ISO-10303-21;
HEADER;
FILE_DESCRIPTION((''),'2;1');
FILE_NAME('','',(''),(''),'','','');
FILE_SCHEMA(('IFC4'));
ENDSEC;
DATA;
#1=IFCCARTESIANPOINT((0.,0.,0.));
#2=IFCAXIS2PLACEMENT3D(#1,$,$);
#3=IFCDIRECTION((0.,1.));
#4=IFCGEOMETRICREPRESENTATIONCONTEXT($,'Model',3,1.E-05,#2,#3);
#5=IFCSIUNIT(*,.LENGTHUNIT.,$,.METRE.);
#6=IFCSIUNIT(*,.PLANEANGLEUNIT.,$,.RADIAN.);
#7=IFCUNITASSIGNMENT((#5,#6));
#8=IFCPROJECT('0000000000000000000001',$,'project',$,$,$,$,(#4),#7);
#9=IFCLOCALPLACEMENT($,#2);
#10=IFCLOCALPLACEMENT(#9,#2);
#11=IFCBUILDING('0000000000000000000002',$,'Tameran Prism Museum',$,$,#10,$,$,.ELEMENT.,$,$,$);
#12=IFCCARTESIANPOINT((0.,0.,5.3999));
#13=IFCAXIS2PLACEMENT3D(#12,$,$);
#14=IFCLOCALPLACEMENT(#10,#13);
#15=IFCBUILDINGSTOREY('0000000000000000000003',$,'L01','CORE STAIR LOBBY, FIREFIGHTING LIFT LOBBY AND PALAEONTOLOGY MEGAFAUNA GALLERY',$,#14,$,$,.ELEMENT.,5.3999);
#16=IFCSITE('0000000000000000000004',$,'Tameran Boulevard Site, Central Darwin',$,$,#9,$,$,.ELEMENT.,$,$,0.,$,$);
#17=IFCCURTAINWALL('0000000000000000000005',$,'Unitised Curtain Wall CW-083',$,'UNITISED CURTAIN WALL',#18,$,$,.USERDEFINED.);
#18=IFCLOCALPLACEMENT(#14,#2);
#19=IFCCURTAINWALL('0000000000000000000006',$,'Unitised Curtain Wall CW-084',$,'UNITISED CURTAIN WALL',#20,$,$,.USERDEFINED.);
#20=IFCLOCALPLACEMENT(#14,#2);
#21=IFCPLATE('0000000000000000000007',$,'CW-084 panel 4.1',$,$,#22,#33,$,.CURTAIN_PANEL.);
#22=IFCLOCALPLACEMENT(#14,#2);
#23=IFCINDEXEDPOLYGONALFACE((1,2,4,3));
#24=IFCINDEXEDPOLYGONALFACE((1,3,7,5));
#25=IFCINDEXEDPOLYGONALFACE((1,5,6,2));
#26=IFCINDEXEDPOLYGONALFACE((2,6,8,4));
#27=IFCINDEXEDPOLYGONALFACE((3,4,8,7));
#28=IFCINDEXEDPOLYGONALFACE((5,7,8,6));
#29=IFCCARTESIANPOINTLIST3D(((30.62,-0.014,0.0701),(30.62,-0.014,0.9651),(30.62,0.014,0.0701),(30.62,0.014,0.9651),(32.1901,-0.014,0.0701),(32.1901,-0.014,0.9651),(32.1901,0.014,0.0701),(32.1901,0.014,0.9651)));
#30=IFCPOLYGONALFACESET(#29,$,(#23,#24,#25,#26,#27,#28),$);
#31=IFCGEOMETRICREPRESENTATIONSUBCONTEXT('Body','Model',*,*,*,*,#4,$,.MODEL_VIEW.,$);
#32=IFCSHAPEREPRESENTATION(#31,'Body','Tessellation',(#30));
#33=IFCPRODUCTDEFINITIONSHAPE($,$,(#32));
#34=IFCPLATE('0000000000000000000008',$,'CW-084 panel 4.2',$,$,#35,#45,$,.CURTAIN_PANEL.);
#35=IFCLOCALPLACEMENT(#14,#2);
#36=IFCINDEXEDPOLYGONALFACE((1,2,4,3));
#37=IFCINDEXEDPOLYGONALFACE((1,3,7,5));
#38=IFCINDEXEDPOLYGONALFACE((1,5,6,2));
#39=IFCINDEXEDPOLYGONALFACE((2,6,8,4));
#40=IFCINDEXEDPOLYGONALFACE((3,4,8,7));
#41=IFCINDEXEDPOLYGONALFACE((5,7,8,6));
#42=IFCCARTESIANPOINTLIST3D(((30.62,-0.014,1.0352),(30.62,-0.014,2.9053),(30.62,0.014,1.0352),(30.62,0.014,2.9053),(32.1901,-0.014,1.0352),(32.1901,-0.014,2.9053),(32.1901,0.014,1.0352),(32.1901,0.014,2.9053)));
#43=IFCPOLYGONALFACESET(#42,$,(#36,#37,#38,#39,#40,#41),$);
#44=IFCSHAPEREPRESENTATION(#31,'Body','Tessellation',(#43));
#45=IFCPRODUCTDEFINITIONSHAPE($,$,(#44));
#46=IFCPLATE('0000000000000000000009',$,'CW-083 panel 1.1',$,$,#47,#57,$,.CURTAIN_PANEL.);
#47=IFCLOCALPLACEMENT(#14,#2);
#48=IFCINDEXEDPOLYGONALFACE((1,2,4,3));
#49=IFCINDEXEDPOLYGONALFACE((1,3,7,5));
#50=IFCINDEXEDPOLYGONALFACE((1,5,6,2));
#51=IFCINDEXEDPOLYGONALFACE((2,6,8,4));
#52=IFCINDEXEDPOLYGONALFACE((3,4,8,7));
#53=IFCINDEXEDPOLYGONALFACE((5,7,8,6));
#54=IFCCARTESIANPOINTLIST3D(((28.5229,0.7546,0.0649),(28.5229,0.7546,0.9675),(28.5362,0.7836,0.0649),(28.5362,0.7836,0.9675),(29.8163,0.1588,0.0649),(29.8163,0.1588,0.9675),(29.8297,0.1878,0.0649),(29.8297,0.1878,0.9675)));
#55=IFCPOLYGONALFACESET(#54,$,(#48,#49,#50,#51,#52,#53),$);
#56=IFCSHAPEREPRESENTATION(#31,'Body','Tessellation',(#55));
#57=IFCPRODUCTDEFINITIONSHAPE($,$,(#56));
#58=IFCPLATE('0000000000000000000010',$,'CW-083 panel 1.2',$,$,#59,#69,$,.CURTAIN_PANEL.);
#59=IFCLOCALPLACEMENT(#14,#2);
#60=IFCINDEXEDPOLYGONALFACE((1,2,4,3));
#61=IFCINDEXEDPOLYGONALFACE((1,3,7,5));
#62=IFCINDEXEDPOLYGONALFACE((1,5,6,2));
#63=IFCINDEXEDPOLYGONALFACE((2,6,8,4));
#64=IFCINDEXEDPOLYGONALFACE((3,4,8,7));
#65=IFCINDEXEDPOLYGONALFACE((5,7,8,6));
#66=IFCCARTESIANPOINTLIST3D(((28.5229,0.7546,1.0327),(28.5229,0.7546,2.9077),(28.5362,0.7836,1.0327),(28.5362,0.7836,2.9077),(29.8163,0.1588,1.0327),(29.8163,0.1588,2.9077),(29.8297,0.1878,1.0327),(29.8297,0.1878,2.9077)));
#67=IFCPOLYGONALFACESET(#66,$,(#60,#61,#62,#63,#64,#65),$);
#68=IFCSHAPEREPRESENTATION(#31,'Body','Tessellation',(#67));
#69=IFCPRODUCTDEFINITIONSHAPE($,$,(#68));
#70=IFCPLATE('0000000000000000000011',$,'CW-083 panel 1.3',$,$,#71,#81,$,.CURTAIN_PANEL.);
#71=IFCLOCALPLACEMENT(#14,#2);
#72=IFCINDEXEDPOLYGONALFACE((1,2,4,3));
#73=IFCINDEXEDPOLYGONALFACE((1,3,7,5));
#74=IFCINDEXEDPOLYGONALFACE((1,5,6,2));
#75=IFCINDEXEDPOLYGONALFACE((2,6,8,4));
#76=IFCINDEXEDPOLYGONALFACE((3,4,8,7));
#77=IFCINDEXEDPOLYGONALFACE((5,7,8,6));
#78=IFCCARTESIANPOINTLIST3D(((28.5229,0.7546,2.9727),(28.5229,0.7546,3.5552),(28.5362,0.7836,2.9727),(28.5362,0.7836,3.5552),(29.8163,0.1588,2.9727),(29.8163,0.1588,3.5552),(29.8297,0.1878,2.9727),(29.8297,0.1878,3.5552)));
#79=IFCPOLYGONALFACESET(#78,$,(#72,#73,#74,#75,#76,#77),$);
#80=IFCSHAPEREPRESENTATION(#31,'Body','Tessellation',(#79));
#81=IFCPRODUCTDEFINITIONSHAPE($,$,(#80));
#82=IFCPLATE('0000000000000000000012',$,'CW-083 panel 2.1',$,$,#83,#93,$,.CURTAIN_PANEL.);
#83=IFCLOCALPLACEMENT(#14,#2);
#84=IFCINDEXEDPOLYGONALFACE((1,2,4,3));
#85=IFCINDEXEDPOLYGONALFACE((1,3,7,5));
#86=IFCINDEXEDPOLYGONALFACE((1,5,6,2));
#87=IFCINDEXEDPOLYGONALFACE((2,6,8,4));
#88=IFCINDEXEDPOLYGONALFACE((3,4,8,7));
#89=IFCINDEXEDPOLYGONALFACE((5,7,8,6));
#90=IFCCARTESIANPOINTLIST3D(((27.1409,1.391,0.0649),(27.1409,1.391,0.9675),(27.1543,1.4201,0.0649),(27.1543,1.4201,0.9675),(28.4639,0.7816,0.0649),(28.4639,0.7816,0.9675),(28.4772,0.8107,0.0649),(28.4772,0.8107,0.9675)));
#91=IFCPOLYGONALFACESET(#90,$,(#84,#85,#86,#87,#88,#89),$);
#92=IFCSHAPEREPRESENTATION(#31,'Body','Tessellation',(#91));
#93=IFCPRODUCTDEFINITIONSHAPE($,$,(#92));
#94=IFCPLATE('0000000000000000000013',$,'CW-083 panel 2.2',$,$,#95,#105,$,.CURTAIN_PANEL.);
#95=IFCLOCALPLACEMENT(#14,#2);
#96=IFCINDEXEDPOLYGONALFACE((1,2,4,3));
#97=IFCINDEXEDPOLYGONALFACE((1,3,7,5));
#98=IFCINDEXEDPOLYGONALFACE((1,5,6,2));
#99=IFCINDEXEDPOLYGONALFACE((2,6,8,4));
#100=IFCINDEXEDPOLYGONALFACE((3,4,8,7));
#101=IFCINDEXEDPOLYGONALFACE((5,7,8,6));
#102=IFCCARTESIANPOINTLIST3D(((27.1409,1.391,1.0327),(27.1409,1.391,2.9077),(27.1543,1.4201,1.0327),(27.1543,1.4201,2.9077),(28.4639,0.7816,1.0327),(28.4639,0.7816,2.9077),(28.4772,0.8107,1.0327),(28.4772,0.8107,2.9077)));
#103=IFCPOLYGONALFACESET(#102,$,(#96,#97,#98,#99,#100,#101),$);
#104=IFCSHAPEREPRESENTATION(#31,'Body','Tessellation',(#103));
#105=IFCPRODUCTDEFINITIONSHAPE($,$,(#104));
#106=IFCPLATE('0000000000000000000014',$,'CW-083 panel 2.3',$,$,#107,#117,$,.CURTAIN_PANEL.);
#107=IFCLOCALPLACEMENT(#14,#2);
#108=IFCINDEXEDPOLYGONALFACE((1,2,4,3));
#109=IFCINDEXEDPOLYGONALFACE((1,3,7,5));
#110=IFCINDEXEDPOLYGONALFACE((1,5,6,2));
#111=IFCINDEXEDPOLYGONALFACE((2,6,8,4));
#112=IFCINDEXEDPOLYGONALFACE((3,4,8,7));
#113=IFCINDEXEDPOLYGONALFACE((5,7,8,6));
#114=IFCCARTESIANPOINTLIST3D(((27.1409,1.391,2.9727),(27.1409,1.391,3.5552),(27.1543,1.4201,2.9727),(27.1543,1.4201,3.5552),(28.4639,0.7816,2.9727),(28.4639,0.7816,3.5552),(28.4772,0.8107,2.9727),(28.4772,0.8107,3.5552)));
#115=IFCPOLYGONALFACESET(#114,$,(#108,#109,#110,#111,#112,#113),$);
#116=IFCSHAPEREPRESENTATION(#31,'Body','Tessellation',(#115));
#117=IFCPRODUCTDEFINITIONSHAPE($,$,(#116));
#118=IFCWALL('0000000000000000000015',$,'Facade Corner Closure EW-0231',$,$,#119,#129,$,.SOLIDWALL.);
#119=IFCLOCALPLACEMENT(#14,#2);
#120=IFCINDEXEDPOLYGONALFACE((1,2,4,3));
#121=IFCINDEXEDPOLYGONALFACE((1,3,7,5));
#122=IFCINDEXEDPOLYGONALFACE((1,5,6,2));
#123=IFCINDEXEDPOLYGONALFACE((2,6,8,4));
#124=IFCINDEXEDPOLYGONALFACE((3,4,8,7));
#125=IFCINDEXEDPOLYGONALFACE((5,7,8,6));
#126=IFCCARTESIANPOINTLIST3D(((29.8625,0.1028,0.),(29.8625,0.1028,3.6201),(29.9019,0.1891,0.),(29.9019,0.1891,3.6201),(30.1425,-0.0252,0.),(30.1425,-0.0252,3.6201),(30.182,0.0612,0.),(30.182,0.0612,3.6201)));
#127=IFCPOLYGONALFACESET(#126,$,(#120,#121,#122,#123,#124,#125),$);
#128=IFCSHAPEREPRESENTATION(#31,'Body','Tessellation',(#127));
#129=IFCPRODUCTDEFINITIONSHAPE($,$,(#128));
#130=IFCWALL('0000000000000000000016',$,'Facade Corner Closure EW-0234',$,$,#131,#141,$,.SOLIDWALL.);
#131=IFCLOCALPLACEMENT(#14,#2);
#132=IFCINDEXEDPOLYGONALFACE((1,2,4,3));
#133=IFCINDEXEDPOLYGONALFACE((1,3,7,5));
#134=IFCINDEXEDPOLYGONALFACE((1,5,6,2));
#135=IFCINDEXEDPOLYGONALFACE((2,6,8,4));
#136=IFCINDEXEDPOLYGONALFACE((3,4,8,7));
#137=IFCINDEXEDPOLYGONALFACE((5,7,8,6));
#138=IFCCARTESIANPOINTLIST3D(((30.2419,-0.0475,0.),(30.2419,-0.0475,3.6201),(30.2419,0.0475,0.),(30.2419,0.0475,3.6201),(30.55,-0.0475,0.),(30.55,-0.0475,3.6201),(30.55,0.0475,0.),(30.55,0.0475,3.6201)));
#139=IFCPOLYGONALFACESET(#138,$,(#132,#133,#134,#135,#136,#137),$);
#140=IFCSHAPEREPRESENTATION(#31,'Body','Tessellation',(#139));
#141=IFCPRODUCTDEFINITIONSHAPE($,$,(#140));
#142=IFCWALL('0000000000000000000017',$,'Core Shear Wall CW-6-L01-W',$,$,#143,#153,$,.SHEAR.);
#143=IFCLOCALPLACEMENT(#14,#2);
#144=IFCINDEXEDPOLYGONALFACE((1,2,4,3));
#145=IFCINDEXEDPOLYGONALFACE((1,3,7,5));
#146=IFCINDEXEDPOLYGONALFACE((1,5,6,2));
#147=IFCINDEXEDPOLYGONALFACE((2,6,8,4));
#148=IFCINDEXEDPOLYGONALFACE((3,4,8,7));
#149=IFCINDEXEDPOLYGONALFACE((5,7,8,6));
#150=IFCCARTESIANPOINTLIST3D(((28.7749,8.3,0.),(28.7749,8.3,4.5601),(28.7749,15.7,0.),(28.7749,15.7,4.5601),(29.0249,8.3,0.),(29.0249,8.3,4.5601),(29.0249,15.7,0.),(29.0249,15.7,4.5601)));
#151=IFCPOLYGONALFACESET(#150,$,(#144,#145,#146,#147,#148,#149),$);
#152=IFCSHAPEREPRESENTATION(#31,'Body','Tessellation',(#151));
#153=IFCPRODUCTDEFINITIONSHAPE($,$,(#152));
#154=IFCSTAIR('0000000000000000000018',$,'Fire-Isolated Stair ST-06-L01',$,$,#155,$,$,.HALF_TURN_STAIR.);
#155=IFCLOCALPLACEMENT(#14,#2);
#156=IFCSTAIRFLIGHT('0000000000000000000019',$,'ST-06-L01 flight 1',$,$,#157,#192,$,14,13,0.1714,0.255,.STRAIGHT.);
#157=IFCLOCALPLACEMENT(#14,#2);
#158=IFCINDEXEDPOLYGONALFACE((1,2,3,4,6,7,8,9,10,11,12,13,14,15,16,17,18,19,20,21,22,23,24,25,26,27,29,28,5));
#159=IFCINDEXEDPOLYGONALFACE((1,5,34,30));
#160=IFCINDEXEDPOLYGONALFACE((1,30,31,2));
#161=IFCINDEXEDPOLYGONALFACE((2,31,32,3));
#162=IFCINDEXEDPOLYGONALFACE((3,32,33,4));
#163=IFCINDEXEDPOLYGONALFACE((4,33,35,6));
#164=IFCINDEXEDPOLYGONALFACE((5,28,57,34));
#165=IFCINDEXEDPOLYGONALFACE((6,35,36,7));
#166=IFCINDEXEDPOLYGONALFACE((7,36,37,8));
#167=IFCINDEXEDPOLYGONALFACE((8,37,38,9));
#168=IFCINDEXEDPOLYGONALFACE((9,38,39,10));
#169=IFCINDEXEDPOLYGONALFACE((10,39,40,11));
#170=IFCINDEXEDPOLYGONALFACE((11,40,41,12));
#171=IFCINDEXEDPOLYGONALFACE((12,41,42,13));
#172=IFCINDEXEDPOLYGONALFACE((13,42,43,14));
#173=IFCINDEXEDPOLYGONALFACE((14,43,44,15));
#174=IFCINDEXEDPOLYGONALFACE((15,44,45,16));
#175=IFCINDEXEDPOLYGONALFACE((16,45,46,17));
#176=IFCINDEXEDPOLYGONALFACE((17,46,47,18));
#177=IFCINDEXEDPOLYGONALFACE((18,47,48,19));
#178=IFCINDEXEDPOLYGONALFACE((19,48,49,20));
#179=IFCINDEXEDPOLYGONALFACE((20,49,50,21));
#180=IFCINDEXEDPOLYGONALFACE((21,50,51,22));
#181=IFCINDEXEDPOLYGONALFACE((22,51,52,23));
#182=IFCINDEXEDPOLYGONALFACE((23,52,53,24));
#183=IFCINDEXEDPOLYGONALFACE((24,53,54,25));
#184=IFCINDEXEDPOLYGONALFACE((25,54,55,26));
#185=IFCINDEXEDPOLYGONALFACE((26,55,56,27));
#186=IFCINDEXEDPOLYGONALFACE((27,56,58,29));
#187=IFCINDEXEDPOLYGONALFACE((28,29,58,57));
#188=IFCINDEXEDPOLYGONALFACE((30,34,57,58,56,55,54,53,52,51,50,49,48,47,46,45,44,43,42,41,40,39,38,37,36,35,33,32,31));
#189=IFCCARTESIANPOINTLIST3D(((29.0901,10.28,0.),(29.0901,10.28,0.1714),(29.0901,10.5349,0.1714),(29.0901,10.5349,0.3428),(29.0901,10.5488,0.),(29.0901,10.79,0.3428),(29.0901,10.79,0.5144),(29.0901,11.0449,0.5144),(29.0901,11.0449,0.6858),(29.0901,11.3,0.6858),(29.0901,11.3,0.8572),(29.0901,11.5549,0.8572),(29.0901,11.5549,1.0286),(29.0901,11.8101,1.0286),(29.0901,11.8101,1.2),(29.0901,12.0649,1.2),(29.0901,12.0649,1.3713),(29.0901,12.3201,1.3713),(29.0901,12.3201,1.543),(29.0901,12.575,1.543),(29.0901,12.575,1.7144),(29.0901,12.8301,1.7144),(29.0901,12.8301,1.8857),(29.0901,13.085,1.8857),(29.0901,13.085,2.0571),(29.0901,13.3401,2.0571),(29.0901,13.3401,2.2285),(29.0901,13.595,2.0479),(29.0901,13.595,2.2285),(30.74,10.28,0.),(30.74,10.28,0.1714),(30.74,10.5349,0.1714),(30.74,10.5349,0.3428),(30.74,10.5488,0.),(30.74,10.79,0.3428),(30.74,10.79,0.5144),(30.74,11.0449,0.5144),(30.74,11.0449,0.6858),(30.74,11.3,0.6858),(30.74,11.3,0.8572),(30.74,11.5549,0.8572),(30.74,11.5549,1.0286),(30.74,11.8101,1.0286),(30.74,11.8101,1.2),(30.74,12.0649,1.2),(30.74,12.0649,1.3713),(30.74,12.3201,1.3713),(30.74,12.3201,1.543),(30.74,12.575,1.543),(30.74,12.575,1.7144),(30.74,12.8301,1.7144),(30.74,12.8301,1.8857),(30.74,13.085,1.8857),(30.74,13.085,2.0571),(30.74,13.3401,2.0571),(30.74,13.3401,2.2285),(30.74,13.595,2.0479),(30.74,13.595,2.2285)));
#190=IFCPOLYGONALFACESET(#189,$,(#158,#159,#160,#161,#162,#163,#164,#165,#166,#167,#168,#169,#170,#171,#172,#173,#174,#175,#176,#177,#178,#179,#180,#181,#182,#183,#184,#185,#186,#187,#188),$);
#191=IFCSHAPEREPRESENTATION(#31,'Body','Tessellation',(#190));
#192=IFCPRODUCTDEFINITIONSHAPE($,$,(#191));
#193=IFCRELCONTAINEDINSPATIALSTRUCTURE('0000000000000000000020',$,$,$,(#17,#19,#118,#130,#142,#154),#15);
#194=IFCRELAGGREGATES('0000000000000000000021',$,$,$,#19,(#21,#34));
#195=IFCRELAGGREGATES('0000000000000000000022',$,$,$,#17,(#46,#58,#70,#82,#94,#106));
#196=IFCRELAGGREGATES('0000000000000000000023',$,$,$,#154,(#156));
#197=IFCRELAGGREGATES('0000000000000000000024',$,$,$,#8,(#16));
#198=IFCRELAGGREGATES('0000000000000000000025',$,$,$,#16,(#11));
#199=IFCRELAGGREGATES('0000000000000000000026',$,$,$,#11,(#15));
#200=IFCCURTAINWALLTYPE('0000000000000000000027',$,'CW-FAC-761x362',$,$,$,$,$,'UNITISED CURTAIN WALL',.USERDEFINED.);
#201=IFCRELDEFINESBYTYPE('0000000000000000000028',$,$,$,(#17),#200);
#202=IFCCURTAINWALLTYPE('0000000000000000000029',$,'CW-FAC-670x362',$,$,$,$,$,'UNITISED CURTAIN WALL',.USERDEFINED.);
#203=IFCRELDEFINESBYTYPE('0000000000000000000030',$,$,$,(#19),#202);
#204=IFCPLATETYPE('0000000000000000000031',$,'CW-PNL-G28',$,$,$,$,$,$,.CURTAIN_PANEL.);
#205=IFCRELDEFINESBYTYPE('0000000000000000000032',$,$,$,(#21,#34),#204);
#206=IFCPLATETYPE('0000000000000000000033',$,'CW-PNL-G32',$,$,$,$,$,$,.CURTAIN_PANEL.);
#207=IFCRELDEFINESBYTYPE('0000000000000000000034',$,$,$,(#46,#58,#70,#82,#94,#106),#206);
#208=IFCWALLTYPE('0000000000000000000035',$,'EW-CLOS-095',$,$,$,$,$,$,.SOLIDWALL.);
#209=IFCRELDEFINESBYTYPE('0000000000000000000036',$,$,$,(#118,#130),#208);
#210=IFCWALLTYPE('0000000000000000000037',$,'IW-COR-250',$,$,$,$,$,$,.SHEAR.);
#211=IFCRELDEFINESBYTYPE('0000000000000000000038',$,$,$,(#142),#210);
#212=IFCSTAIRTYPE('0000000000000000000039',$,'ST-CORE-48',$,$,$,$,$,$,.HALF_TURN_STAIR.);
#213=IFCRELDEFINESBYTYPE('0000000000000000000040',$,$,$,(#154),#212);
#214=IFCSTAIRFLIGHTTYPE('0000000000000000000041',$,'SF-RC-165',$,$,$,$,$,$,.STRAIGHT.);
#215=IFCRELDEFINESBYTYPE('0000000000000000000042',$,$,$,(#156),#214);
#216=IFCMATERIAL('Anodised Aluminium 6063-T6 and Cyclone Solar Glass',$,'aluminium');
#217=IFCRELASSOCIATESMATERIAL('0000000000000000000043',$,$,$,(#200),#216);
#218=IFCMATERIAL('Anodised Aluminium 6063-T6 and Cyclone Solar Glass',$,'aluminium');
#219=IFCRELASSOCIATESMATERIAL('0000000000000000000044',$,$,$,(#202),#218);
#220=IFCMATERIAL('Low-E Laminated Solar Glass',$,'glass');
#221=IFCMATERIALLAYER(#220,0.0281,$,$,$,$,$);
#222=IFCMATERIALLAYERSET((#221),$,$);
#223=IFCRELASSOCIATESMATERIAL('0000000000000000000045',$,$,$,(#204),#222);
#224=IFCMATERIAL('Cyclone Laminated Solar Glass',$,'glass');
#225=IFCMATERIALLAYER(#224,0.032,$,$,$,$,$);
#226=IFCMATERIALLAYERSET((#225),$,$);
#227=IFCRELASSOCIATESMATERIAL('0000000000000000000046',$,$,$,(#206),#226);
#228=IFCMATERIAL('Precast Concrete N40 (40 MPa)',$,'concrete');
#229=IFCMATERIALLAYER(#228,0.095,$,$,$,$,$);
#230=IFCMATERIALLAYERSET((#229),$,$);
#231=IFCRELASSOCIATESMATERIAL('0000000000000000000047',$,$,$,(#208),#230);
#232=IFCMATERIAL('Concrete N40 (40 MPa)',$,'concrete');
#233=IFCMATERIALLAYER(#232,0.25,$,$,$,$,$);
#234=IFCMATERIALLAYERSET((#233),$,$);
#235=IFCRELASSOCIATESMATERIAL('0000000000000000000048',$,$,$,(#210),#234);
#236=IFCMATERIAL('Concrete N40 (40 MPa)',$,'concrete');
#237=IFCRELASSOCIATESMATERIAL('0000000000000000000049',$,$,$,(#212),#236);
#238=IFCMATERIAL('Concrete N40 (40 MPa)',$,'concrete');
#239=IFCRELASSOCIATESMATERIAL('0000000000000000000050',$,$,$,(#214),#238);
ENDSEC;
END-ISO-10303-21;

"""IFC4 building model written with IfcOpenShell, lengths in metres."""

from ifc_helpers import new_model, si_unit, direction, frame, frame_2d, origin, origin_2d, place, context, subcontext, project, spatial, polyline, rectangle, outline, extrude, material, layer, layer_set, type_object, element, aggregate, save


model = new_model("IFC4")

# Units and contexts
model_context = context("Model", 3, precision=1e-05, world=origin(), true_north=direction((0.0, 1.0)))
body_context = subcontext(model_context, "Body", "Model", "MODEL_VIEW")
ifc_project = project(units=[si_unit("LENGTHUNIT", "METRE"), si_unit("PLANEANGLEUNIT", "RADIAN")], contexts=[model_context])

# Site, building, storey
site_placement = place(None, origin())
site = spatial("IfcSite", under=ifc_project, at=site_placement, Name="Tameran Boulevard Site, Central Darwin", CompositionType="ELEMENT", RefElevation=0.0)
building_placement = place(site_placement, origin())
building = spatial("IfcBuilding", under=site, at=building_placement, Name="Tameran Prism Museum", CompositionType="ELEMENT")
storey_placement = place(building_placement, frame((0.0, 0.0, 5.3999)))
storey = spatial("IfcBuildingStorey", under=building, at=storey_placement, Name="L01", Description="CORE STAIR LOBBY, FIREFIGHTING LIFT LOBBY AND PALAEONTOLOGY MEGAFAUNA GALLERY", CompositionType="ELEMENT", Elevation=5.3999)

# Curtain wall
ifc_material_1 = material(Name="Anodised Aluminium 6063-T6 and Cyclone Solar Glass", Category="aluminium")
curtain_wall_type_1 = type_object("IfcCurtainWallType", Name="CW-FAC-761x362", ElementType="UNITISED CURTAIN WALL", PredefinedType="USERDEFINED", material=ifc_material_1)
curtain_wall_1_placement = place(storey_placement, origin())
curtain_wall_1 = element("IfcCurtainWall", 1, at=curtain_wall_1_placement, inside=storey, type_object=curtain_wall_type_1, Name="Unitised Curtain Wall CW-083", ObjectType="UNITISED CURTAIN WALL", PredefinedType="USERDEFINED")

# Curtain wall
ifc_material_2 = material(Name="Anodised Aluminium 6063-T6 and Cyclone Solar Glass", Category="aluminium")
curtain_wall_type_2 = type_object("IfcCurtainWallType", Name="CW-FAC-670x362", ElementType="UNITISED CURTAIN WALL", PredefinedType="USERDEFINED", material=ifc_material_2)
curtain_wall_2_placement = place(storey_placement, origin())
curtain_wall_2 = element("IfcCurtainWall", 2, at=curtain_wall_2_placement, inside=storey, type_object=curtain_wall_type_2, Name="Unitised Curtain Wall CW-084", ObjectType="UNITISED CURTAIN WALL", PredefinedType="USERDEFINED")

# Plates
ifc_material_3 = material(Name="Low-E Laminated Solar Glass", Category="glass")
ifc_layer_1 = layer(ifc_material_3, 0.0281)
ifc_layer_set_1 = layer_set([ifc_layer_1])
plate_type_1 = type_object("IfcPlateType", Name="CW-PNL-G28", PredefinedType="CURTAIN_PANEL", material=ifc_layer_set_1)
plate_1_placement = place(storey_placement, frame((31.405, 0.0, 0.0701), z_axis=(0.0, 0.0, 1.0), x_axis=(-1.0, 0.0, 0.0)))
plate_1 = element("IfcPlate", 3, at=plate_1_placement, type_object=plate_type_1, Name="CW-084 panel 4.1", PredefinedType="CURTAIN_PANEL", context=body_context, shape_type="SweptSolid", body=[
    extrude(rectangle(XDim=1.5701, YDim=0.0281, at=origin_2d()), origin(), (0.0, 0.0, 1.0), 0.895),
])
plate_2_placement = place(storey_placement, frame((31.405, 0.0, 1.0352), z_axis=(0.0, 0.0, 1.0), x_axis=(-1.0, 0.0, 0.0)))
plate_2 = element("IfcPlate", 4, at=plate_2_placement, type_object=plate_type_1, Name="CW-084 panel 4.2", PredefinedType="CURTAIN_PANEL", context=body_context, shape_type="SweptSolid", body=[
    extrude(rectangle(XDim=1.5701, YDim=0.0281, at=origin_2d()), origin(), (0.0, 0.0, 1.0), 1.8701),
])
aggregate(curtain_wall_2, [plate_1, plate_2])
ifc_material_4 = material(Name="Cyclone Laminated Solar Glass", Category="glass")
ifc_layer_2 = layer(ifc_material_4, 0.032)
ifc_layer_set_2 = layer_set([ifc_layer_2])
plate_type_2 = type_object("IfcPlateType", Name="CW-PNL-G32", PredefinedType="CURTAIN_PANEL", material=ifc_layer_set_2)
plate_3_placement = place(storey_placement, frame((29.1763, 0.4712, 0.0649), z_axis=(0.0, 0.0, 1.0), x_axis=(-0.908271, 0.418383, 0.0)))
plate_3 = element("IfcPlate", 5, at=plate_3_placement, type_object=plate_type_2, Name="CW-083 panel 1.1", PredefinedType="CURTAIN_PANEL", context=body_context, shape_type="SweptSolid", body=[
    extrude(rectangle(XDim=1.4241, YDim=0.032, at=origin_2d()), origin(), (0.0, 0.0, 1.0), 0.9026),
])
plate_4_placement = place(storey_placement, frame((29.1763, 0.4712, 1.0327), z_axis=(0.0, 0.0, 1.0), x_axis=(-0.908271, 0.418383, 0.0)))
plate_4 = element("IfcPlate", 6, at=plate_4_placement, type_object=plate_type_2, Name="CW-083 panel 1.2", PredefinedType="CURTAIN_PANEL", context=body_context, shape_type="SweptSolid", body=[
    extrude(rectangle(XDim=1.4241, YDim=0.032, at=origin_2d()), origin(), (0.0, 0.0, 1.0), 1.875),
])
plate_5_placement = place(storey_placement, frame((29.1763, 0.4712, 2.9727), z_axis=(0.0, 0.0, 1.0), x_axis=(-0.908271, 0.418383, 0.0)))
plate_5 = element("IfcPlate", 7, at=plate_5_placement, type_object=plate_type_2, Name="CW-083 panel 1.3", PredefinedType="CURTAIN_PANEL", context=body_context, shape_type="SweptSolid", body=[
    extrude(rectangle(XDim=1.4241, YDim=0.032, at=origin_2d()), origin(), (0.0, 0.0, 1.0), 0.5825),
])
plate_6_placement = place(storey_placement, frame((27.8091, 1.1008, 0.0649), z_axis=(0.0, 0.0, 1.0), x_axis=(-0.908271, 0.418383, 0.0)))
plate_6 = element("IfcPlate", 8, at=plate_6_placement, type_object=plate_type_2, Name="CW-083 panel 2.1", PredefinedType="CURTAIN_PANEL", context=body_context, shape_type="SweptSolid", body=[
    extrude(rectangle(XDim=1.4565, YDim=0.032, at=origin_2d()), origin(), (0.0, 0.0, 1.0), 0.9026),
])
plate_7_placement = place(storey_placement, frame((27.8091, 1.1008, 1.0327), z_axis=(0.0, 0.0, 1.0), x_axis=(-0.908271, 0.418383, 0.0)))
plate_7 = element("IfcPlate", 9, at=plate_7_placement, type_object=plate_type_2, Name="CW-083 panel 2.2", PredefinedType="CURTAIN_PANEL", context=body_context, shape_type="SweptSolid", body=[
    extrude(rectangle(XDim=1.4565, YDim=0.032, at=origin_2d()), origin(), (0.0, 0.0, 1.0), 1.875),
])
plate_8_placement = place(storey_placement, frame((27.8091, 1.1008, 2.9727), z_axis=(0.0, 0.0, 1.0), x_axis=(-0.908271, 0.418383, 0.0)))
plate_8 = element("IfcPlate", 10, at=plate_8_placement, type_object=plate_type_2, Name="CW-083 panel 2.3", PredefinedType="CURTAIN_PANEL", context=body_context, shape_type="SweptSolid", body=[
    extrude(rectangle(XDim=1.4565, YDim=0.032, at=origin_2d()), origin(), (0.0, 0.0, 1.0), 0.5825),
])
aggregate(curtain_wall_1, [plate_3, plate_4, plate_5, plate_6, plate_7, plate_8])

# Walls
ifc_material_5 = material(Name="Precast Concrete N40 (40 MPa)", Category="concrete")
ifc_layer_3 = layer(ifc_material_5, 0.095)
ifc_layer_set_3 = layer_set([ifc_layer_3])
wall_type_1 = type_object("IfcWallType", Name="EW-CLOS-095", PredefinedType="SOLIDWALL", material=ifc_layer_set_3)
wall_1_placement = place(storey_placement, frame((30.1621, 0.0181, 0.0), z_axis=(0.0, 0.0, 1.0), x_axis=(-0.909577, 0.415535, 0.0)))
element("IfcWall", 11, at=wall_1_placement, inside=storey, type_object=wall_type_1, Name="Facade Corner Closure EW-0231", PredefinedType="SOLIDWALL", context=body_context, shape_type="SweptSolid", body=[
    extrude(rectangle(XDim=0.3079, YDim=0.095, at=frame_2d((0.1538, 0.0))), origin(), (0.0, 0.0, 1.0), 3.6201),
])
wall_2_placement = place(storey_placement, frame((30.55, 0.0, 0.0), z_axis=(0.0, 0.0, 1.0), x_axis=(-1.0, 0.0, 0.0)))
element("IfcWall", 12, at=wall_2_placement, inside=storey, type_object=wall_type_1, Name="Facade Corner Closure EW-0234", PredefinedType="SOLIDWALL", context=body_context, shape_type="SweptSolid", body=[
    extrude(rectangle(XDim=0.3081, YDim=0.095, at=frame_2d((0.1541, 0.0))), origin(), (0.0, 0.0, 1.0), 3.6201),
])
ifc_material_6 = material(Name="Concrete N40 (40 MPa)", Category="concrete")
ifc_layer_4 = layer(ifc_material_6, 0.25)
ifc_layer_set_4 = layer_set([ifc_layer_4])
wall_type_2 = type_object("IfcWallType", Name="IW-COR-250", PredefinedType="SHEAR", material=ifc_layer_set_4)
wall_3_placement = place(storey_placement, frame((28.8999, 8.3, 0.0), z_axis=(0.0, 0.0, 1.0), x_axis=(0.0, 1.0, 0.0)))
element("IfcWall", 13, at=wall_3_placement, inside=storey, type_object=wall_type_2, Name="Core Shear Wall CW-6-L01-W", PredefinedType="SHEAR", context=body_context, shape_type="SweptSolid", body=[
    extrude(rectangle(XDim=7.3999, YDim=0.25, at=frame_2d((3.7, 0.0))), origin(), (0.0, 0.0, 1.0), 4.5601),
])

# Stair, stair flight
ifc_material_7 = material(Name="Concrete N40 (40 MPa)", Category="concrete")
stair_type = type_object("IfcStairType", Name="ST-CORE-48", PredefinedType="HALF_TURN_STAIR", material=ifc_material_7)
stair_placement = place(storey_placement, origin())
stair = element("IfcStair", 14, at=stair_placement, inside=storey, type_object=stair_type, Name="Fire-Isolated Stair ST-06-L01", PredefinedType="HALF_TURN_STAIR")
ifc_material_8 = material(Name="Concrete N40 (40 MPa)", Category="concrete")
stair_flight_type = type_object("IfcStairFlightType", Name="SF-RC-165", PredefinedType="STRAIGHT", material=ifc_material_8)
stair_flight_placement = place(storey_placement, frame((29.915, 10.28, 0.0), z_axis=(0.0, 0.0, 1.0), x_axis=(0.0, 1.0, 0.0)))
stair_flight = element("IfcStairFlight", 15, at=stair_flight_placement, type_object=stair_flight_type, Name="ST-06-L01 flight 1", NumberOfRisers=14, NumberOfTreads=13, PredefinedType="STRAIGHT", RiserHeight=0.1714, TreadLength=0.255, context=body_context, shape_type="SweptSolid", body=[
    extrude(outline(polyline([(0.0, 0.0), (0.0, 0.1714), (0.2549, 0.1714), (0.2549, 0.3428), (0.51, 0.3428), (0.51, 0.5144), (0.7649, 0.5144), (0.7649, 0.6858), (1.02, 0.6858), (1.02, 0.8572), (1.2749, 0.8572), (1.2749, 1.0286), (1.53, 1.0286), (1.53, 1.2), (1.7849, 1.2), (1.7849, 1.3713), (2.04, 1.3713), (2.04, 1.543), (2.2949, 1.543), (2.2949, 1.7144), (2.55, 1.7144), (2.55, 1.8857), (2.8049, 1.8857), (2.8049, 2.0571), (3.0601, 2.0571), (3.0601, 2.2285), (3.3149, 2.2285), (3.3149, 2.3999), (3.3149, 2.0479), (0.2688, 0.0), (0.0, 0.0)])), frame((0.0, 0.825, 0.0), z_axis=(0.0, -1.0, 0.0), x_axis=(1.0, 0.0, 0.0)), (0.0, 0.0, 1.0), 1.6499),
])
aggregate(stair, [stair_flight])

save(model, "model.ifc")
